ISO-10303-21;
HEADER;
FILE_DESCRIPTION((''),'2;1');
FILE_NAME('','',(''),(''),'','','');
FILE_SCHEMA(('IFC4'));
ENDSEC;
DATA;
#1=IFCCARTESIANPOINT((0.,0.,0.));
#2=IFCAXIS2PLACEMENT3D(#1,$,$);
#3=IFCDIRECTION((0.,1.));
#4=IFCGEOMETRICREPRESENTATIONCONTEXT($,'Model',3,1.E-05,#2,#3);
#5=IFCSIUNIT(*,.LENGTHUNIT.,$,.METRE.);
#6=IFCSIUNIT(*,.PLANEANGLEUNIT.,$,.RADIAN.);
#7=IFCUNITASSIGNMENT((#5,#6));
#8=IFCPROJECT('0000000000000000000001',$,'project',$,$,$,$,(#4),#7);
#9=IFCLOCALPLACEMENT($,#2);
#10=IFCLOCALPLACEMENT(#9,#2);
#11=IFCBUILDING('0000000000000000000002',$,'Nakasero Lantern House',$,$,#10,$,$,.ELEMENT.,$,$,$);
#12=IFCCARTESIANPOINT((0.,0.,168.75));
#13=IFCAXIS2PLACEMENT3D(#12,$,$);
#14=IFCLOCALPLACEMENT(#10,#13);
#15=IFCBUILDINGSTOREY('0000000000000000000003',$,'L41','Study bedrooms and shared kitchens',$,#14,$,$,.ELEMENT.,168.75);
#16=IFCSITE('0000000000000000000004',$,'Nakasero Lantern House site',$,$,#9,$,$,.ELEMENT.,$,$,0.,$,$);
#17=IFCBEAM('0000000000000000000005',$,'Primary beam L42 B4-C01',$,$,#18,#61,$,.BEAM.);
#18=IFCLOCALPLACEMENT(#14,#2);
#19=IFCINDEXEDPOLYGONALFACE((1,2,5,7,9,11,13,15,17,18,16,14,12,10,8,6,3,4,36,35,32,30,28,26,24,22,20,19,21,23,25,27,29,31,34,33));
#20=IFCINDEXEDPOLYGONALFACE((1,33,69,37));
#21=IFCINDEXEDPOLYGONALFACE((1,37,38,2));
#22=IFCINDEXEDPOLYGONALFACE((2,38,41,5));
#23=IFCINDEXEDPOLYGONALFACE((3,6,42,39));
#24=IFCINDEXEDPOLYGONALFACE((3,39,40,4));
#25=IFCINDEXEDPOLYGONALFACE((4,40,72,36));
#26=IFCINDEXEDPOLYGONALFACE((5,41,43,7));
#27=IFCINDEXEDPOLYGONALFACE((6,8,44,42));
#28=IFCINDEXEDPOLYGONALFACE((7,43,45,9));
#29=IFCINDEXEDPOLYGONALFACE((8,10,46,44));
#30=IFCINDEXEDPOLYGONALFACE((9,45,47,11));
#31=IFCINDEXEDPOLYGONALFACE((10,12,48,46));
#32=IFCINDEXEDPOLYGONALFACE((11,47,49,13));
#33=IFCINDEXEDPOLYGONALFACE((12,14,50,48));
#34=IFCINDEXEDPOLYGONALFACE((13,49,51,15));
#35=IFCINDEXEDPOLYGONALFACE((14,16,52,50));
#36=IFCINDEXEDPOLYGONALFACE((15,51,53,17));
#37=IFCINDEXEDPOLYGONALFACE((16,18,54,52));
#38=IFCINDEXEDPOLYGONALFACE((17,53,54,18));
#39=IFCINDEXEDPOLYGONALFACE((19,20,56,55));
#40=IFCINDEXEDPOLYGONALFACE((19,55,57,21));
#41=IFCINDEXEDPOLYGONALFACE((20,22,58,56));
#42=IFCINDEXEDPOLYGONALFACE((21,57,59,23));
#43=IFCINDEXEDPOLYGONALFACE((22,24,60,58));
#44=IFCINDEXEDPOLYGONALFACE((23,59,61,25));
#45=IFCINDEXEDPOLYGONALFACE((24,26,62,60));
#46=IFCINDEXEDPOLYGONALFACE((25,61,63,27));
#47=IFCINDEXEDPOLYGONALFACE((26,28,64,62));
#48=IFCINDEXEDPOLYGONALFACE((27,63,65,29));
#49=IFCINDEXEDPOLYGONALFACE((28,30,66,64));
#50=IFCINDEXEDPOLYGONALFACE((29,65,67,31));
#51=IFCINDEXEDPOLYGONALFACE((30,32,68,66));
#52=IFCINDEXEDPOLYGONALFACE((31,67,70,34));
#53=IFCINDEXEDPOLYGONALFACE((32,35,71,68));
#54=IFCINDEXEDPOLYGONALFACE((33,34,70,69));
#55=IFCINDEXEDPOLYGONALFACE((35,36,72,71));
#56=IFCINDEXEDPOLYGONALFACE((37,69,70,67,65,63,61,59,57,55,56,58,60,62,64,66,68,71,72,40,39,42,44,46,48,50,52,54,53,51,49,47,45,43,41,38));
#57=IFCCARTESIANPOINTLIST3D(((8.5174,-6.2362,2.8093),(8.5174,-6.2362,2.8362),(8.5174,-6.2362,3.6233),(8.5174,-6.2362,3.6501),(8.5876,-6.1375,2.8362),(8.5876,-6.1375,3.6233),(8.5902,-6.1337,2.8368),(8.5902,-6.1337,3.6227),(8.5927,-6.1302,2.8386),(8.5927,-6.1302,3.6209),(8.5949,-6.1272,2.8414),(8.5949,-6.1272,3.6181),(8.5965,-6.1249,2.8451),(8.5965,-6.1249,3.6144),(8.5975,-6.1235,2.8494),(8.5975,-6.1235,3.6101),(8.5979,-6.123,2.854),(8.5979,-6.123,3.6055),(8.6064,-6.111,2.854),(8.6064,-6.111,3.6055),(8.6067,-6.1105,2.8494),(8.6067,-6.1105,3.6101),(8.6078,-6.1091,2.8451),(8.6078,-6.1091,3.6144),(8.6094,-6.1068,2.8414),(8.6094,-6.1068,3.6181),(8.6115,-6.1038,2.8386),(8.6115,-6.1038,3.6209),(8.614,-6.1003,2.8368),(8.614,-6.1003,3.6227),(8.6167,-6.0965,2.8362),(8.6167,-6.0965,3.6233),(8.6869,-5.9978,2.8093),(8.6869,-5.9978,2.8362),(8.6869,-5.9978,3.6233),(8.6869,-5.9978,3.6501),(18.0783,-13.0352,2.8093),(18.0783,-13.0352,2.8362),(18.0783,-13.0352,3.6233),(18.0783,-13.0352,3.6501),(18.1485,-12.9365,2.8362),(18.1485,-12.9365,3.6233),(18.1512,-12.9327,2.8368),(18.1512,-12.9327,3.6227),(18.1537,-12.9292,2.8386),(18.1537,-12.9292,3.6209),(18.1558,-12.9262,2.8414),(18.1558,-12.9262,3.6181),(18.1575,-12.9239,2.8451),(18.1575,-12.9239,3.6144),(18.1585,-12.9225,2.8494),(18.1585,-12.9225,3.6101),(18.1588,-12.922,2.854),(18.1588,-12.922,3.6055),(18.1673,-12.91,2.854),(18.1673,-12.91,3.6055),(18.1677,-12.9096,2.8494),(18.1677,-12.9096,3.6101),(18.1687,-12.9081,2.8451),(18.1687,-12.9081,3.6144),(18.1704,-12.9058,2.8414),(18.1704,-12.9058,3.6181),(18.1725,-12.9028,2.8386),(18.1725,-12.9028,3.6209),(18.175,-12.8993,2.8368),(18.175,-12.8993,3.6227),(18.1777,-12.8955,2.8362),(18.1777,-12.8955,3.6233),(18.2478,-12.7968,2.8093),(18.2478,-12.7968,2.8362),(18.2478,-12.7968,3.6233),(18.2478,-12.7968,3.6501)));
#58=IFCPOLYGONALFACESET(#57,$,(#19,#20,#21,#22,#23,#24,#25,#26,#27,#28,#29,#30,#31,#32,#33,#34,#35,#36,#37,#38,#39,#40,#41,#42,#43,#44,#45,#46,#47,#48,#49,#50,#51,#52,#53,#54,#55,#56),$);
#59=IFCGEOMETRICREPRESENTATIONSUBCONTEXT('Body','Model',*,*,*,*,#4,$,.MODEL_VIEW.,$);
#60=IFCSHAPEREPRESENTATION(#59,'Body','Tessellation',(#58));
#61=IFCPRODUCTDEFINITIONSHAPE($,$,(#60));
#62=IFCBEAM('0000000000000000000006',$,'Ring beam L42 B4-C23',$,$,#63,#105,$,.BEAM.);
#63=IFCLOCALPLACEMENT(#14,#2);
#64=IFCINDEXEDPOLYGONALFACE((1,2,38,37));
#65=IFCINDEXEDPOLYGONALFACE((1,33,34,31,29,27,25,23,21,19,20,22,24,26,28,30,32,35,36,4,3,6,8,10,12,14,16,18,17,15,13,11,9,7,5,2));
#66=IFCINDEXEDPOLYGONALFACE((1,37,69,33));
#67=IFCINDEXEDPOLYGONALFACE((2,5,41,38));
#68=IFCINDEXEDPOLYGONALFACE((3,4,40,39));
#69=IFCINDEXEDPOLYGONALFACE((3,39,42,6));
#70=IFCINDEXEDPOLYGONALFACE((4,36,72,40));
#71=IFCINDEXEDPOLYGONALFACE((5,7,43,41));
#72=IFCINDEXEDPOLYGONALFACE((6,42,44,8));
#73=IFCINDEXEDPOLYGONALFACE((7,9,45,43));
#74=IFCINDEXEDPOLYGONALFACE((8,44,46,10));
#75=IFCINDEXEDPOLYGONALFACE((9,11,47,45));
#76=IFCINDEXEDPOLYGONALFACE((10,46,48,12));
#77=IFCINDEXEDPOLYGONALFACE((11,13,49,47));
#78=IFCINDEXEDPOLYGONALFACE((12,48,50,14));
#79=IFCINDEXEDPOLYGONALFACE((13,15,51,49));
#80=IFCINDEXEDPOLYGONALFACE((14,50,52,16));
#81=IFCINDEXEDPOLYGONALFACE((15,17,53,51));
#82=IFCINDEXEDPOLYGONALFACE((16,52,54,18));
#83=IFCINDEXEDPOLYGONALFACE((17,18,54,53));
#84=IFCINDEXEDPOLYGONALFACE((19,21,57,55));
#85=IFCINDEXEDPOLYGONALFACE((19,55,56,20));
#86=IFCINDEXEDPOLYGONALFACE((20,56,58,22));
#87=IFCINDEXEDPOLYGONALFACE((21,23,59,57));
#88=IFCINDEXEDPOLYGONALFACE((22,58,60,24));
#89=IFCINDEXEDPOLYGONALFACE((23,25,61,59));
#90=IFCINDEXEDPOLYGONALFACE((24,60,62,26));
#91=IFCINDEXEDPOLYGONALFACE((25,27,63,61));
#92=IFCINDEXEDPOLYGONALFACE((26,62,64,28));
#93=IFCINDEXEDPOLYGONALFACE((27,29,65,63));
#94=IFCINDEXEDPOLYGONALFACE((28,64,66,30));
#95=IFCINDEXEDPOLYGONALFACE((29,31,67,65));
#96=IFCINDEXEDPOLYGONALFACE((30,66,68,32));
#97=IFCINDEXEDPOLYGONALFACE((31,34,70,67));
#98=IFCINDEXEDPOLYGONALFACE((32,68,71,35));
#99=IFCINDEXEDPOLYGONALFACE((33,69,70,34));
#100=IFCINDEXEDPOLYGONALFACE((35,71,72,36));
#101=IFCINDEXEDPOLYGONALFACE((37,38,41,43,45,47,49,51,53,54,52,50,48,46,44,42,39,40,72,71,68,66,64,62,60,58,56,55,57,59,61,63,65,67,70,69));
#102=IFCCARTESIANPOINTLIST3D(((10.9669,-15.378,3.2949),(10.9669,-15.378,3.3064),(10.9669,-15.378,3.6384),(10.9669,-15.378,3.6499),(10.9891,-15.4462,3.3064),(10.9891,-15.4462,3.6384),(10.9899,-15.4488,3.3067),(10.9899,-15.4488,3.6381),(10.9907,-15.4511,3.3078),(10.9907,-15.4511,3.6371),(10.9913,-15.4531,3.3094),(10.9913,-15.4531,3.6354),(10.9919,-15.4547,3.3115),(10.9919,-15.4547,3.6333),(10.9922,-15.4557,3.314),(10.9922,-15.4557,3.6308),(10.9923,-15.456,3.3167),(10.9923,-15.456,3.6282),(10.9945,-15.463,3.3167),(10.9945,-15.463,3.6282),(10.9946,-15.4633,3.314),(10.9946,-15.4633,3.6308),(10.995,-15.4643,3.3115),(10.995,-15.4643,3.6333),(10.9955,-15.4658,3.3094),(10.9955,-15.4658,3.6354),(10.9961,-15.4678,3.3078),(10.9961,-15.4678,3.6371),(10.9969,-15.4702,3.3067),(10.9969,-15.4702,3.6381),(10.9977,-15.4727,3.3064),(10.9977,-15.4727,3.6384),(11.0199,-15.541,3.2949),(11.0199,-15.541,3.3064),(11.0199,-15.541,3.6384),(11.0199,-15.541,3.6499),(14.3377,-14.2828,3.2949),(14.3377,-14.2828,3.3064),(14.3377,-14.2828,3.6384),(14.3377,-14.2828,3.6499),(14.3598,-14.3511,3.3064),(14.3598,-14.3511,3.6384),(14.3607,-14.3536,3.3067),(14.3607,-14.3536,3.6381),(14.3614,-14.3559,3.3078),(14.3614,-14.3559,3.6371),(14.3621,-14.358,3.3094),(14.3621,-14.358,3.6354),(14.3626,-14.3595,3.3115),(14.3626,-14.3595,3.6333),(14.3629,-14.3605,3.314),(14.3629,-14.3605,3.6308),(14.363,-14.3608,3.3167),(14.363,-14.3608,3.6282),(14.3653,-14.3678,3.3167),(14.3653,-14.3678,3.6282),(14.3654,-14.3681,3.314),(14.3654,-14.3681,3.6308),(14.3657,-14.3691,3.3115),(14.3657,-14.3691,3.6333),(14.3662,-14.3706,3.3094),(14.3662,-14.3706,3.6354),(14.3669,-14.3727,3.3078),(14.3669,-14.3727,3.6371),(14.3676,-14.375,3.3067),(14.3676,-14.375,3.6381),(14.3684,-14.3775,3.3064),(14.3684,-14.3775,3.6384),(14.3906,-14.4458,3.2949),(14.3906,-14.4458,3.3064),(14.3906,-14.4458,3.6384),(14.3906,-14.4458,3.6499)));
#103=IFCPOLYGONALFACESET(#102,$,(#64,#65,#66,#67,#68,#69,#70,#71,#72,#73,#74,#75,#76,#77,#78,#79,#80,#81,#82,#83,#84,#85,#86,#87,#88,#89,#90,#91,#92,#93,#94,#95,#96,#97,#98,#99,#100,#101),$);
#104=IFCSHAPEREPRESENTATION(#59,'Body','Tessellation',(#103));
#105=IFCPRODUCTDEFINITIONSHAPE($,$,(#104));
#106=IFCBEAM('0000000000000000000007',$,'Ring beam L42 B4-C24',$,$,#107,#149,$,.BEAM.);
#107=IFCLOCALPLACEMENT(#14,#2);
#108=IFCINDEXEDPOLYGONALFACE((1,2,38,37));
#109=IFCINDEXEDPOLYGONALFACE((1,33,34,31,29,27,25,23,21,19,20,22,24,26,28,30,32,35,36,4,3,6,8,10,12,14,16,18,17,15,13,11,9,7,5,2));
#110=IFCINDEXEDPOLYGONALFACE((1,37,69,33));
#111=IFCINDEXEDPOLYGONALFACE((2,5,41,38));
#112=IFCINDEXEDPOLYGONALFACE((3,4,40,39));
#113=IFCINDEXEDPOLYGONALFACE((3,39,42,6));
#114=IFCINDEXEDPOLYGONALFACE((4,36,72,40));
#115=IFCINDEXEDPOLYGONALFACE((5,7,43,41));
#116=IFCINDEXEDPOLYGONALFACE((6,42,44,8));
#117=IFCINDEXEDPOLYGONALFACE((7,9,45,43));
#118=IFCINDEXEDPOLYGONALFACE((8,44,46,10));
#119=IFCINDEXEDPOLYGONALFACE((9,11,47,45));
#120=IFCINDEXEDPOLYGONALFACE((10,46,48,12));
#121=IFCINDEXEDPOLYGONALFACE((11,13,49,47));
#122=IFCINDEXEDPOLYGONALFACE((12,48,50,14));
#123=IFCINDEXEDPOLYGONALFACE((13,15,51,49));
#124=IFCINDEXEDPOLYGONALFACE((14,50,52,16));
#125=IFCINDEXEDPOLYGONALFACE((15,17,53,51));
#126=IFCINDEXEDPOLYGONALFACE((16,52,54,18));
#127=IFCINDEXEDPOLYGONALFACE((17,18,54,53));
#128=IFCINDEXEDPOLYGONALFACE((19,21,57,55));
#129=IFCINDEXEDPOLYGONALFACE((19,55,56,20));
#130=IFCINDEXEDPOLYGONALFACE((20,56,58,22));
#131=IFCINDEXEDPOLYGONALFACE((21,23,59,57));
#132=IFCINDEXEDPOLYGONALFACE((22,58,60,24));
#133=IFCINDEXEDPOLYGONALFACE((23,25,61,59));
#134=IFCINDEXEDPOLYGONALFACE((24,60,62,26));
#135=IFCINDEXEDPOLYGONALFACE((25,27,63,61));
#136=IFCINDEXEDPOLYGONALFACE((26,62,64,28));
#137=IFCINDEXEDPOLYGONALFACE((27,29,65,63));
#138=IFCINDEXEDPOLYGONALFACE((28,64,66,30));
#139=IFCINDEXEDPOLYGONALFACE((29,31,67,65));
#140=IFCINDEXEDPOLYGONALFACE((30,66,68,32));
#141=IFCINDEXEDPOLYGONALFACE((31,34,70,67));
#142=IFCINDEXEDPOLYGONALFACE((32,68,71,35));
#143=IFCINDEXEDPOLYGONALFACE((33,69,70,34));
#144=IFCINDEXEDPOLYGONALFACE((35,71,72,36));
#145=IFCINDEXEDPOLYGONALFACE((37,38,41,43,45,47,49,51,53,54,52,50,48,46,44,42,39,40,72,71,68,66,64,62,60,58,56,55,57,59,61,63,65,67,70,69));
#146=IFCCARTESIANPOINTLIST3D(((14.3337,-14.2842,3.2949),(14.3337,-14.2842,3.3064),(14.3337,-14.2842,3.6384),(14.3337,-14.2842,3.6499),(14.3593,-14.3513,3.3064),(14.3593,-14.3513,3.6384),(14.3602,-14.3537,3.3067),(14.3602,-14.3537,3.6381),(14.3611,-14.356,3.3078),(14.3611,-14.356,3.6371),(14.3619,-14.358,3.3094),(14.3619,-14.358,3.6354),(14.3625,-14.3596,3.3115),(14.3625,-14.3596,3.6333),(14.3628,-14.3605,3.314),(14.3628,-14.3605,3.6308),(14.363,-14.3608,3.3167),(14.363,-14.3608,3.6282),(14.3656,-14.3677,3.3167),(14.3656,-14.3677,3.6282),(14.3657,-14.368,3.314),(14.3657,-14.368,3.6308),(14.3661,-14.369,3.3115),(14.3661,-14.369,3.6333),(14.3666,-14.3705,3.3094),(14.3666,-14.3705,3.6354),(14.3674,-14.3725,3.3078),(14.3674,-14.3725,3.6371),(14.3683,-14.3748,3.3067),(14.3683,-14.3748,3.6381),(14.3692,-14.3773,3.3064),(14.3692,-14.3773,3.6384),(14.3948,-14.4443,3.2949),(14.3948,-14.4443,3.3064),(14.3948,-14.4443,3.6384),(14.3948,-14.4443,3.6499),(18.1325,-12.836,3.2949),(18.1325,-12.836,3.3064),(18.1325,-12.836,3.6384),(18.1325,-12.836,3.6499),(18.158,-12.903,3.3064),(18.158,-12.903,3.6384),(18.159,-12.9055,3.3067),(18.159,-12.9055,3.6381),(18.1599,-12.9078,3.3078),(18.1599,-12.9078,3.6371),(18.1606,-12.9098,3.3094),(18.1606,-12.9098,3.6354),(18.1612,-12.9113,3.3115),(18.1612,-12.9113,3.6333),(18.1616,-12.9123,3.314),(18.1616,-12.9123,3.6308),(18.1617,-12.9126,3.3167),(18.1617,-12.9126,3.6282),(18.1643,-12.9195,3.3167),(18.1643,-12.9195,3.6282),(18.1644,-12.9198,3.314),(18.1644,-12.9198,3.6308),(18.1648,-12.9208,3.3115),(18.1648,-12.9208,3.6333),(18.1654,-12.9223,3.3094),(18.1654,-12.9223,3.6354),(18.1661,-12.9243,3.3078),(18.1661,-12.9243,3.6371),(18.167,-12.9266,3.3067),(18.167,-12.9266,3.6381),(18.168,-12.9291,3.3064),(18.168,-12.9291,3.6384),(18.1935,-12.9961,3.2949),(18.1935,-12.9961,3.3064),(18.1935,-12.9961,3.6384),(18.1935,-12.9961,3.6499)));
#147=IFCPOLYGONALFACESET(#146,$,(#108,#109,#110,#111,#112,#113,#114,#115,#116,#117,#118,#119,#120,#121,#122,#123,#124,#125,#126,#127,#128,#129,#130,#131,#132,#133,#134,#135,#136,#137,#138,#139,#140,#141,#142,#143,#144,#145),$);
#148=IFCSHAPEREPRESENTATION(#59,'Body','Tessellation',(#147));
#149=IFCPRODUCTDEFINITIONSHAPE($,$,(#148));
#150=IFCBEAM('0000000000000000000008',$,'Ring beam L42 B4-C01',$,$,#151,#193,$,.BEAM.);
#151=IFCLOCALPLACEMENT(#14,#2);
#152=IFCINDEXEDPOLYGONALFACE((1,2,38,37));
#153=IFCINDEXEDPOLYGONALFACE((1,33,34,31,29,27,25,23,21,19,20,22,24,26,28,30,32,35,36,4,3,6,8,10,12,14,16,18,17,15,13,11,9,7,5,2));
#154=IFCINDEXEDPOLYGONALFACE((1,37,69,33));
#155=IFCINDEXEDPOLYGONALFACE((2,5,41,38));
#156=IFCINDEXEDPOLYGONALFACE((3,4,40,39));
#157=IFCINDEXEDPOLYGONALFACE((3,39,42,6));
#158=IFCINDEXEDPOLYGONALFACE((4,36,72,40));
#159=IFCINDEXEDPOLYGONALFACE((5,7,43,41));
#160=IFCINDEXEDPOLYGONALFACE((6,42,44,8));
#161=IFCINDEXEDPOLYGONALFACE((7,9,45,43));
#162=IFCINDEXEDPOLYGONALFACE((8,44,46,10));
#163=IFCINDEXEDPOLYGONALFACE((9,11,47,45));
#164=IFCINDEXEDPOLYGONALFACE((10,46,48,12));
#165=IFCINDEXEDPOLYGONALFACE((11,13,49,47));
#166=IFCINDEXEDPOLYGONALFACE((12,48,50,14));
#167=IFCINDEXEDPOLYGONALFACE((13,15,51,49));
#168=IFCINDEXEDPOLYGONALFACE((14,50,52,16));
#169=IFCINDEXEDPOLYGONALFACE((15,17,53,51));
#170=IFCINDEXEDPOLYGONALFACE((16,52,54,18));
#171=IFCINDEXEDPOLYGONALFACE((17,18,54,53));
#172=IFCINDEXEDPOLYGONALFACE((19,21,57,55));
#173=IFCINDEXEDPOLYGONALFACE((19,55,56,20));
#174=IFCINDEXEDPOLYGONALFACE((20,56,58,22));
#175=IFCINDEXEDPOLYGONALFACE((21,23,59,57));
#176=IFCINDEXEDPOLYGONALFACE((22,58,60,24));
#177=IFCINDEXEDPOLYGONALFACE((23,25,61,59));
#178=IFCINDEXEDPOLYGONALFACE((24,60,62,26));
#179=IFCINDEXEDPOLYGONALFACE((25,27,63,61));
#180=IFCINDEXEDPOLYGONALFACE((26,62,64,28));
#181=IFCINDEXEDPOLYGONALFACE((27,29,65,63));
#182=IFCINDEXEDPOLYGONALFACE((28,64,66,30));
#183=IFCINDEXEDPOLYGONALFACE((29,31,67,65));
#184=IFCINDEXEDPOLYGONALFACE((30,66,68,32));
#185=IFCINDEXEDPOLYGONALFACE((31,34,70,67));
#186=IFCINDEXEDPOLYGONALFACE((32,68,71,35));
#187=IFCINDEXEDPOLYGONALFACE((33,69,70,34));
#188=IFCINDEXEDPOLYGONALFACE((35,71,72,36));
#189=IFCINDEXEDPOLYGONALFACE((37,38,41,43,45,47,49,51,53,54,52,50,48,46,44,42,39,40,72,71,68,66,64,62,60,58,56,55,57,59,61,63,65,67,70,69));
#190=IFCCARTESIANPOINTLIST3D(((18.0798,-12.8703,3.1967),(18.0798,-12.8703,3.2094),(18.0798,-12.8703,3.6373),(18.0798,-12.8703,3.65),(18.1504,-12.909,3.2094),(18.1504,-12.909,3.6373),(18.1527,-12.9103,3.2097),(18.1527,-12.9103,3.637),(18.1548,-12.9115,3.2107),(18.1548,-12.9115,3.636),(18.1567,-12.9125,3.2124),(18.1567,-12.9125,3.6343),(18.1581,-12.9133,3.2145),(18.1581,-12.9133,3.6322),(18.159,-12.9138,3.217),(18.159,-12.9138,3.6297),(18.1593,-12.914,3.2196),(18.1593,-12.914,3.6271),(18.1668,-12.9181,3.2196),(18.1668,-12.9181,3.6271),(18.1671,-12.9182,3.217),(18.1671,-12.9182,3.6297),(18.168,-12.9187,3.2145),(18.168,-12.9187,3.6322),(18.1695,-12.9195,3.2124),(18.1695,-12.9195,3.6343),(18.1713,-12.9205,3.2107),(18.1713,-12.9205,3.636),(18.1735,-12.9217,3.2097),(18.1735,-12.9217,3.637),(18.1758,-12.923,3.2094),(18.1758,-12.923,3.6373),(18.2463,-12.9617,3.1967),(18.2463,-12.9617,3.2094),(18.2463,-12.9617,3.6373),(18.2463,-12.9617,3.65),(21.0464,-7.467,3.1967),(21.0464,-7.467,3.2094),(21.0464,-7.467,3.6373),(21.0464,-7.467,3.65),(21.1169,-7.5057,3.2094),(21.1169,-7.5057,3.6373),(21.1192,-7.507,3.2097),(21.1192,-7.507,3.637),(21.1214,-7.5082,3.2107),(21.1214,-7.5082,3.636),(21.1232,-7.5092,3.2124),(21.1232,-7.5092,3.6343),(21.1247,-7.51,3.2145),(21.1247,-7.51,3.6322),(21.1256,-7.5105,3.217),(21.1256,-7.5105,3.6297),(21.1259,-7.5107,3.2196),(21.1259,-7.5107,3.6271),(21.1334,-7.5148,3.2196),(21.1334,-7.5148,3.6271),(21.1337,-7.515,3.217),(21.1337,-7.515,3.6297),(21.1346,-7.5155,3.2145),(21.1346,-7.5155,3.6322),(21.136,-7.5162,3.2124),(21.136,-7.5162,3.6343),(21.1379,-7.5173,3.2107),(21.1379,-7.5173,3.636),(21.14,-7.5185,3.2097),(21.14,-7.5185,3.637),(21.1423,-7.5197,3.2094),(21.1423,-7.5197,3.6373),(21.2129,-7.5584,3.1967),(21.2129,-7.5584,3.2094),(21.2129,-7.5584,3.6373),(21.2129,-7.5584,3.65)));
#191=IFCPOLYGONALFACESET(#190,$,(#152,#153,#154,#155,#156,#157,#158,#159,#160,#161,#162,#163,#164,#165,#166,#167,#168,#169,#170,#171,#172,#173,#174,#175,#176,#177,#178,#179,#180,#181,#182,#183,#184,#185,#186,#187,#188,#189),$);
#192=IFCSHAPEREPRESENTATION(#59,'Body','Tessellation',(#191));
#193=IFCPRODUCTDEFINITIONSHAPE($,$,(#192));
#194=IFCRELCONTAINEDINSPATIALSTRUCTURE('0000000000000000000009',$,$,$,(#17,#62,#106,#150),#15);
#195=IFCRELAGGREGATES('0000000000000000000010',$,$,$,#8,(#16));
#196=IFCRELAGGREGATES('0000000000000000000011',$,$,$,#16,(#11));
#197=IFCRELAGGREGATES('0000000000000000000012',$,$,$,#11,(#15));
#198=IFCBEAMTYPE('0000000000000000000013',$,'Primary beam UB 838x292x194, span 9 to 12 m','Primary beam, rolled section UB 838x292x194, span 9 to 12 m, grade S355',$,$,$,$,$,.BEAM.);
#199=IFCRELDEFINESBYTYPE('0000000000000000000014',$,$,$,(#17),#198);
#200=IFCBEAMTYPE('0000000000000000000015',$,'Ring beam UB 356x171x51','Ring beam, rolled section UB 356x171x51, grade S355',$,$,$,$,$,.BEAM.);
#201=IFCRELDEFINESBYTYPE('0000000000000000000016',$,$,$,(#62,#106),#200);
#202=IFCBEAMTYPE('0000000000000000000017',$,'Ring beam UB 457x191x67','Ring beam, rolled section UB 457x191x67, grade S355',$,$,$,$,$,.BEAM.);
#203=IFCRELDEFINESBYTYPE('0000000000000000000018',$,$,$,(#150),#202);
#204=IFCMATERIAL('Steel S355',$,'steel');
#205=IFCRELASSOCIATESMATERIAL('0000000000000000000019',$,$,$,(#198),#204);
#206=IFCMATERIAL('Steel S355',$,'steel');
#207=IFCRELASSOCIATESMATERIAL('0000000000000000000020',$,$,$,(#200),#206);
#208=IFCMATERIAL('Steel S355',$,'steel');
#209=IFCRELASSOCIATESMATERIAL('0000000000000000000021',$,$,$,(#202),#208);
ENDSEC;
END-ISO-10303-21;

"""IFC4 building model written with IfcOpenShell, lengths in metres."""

from ifc_helpers import new_model, si_unit, direction, frame, origin, origin_2d, place, context, subcontext, project, spatial, i_section, extrude, material, material_profile, profile_set, type_object, element, save


model = new_model("IFC4")

# Units and contexts
model_context = context("Model", 3, precision=1e-05, world=origin(), true_north=direction((0.0, 1.0)))
body_context = subcontext(model_context, "Body", "Model", "MODEL_VIEW")
ifc_project = project(units=[si_unit("LENGTHUNIT", "METRE"), si_unit("PLANEANGLEUNIT", "RADIAN")], contexts=[model_context])

# Site, building, storey
site_placement = place(None, origin())
site = spatial("IfcSite", under=ifc_project, at=site_placement, Name="Nakasero Lantern House site", CompositionType="ELEMENT", RefElevation=0.0)
building_placement = place(site_placement, origin())
building = spatial("IfcBuilding", under=site, at=building_placement, Name="Nakasero Lantern House", CompositionType="ELEMENT")
storey_placement = place(building_placement, frame((0.0, 0.0, 168.75)))
storey = spatial("IfcBuildingStorey", under=building, at=storey_placement, Name="L41", Description="Study bedrooms and shared kitchens", CompositionType="ELEMENT", Elevation=168.75)

# Beams
ifc_material_1 = material(Name="Steel S355", Category="steel")
ifc_material_profile_1 = material_profile(ifc_material_1, i_section(OverallWidth=0.2925, OverallDepth=0.8408, WebThickness=0.0146, FlangeThickness=0.0269, FilletRadius=0.0178, at=origin_2d()), Name="UB 838x292x194")
ifc_profile_set_1 = profile_set([ifc_material_profile_1], Name="Steel S355")
beam_type_1 = type_object("IfcBeamType", Name="Primary beam UB 838x292x194, span 9 to 12 m", Description="Primary beam, rolled section UB 838x292x194, span 9 to 12 m, grade S355", PredefinedType="BEAM", material=ifc_profile_set_1)
beam_1_placement = place(storey_placement, frame((18.1631, -12.916, 3.2297), z_axis=(-0.814951, 0.57953, 0.0), x_axis=(-0.57953, -0.814951, 0.0)))
element("IfcBeam", 1, at=beam_1_placement, inside=storey, type_object=beam_type_1, Name="Primary beam L42 B4-C01", PredefinedType="BEAM", context=body_context, shape_type="SweptSolid", body=[
    extrude(i_section(OverallWidth=0.2925, OverallDepth=0.8408, WebThickness=0.0146, FlangeThickness=0.0269, FilletRadius=0.0178, at=origin_2d()), origin(), (0.0, 0.0, 1.0), 11.7319),
])
ifc_material_2 = material(Name="Steel S355", Category="steel")
ifc_material_profile_2 = material_profile(ifc_material_2, i_section(OverallWidth=0.1714, OverallDepth=0.355, WebThickness=0.0073, FlangeThickness=0.0115, FilletRadius=0.0103, at=origin_2d()), Name="UB 356x171x51")
ifc_profile_set_2 = profile_set([ifc_material_profile_2], Name="Steel S355")
beam_type_2 = type_object("IfcBeamType", Name="Ring beam UB 356x171x51", Description="Ring beam, rolled section UB 356x171x51, grade S355", PredefinedType="BEAM", material=ifc_profile_set_2)
beam_2_placement = place(storey_placement, frame((10.9934, -15.4595, 3.4724), z_axis=(0.95106, 0.309007, 0.0), x_axis=(-0.309007, 0.95106, 0.0)))
element("IfcBeam", 2, at=beam_2_placement, inside=storey, type_object=beam_type_2, Name="Ring beam L42 B4-C23", PredefinedType="BEAM", context=body_context, shape_type="SweptSolid", body=[
    extrude(i_section(OverallWidth=0.1714, OverallDepth=0.355, WebThickness=0.0073, FlangeThickness=0.0115, FilletRadius=0.0103, at=origin_2d()), origin(), (0.0, 0.0, 1.0), 3.5442),
])
beam_3_placement = place(storey_placement, frame((14.3643, -14.3643, 3.4724), z_axis=(0.9344, 0.356225, 0.0), x_axis=(-0.356225, 0.9344, 0.0)))
element("IfcBeam", 3, at=beam_3_placement, inside=storey, type_object=beam_type_2, Name="Ring beam L42 B4-C24", PredefinedType="BEAM", context=body_context, shape_type="SweptSolid", body=[
    extrude(i_section(OverallWidth=0.1714, OverallDepth=0.355, WebThickness=0.0073, FlangeThickness=0.0115, FilletRadius=0.0103, at=origin_2d()), origin(), (0.0, 0.0, 1.0), 4.0654),
])
ifc_material_3 = material(Name="Steel S355", Category="steel")
ifc_material_profile_3 = material_profile(ifc_material_3, i_section(OverallWidth=0.1899, OverallDepth=0.4534, WebThickness=0.0085, FlangeThickness=0.0127, FilletRadius=0.0103, at=origin_2d()), Name="UB 457x191x67")
ifc_profile_set_3 = profile_set([ifc_material_profile_3], Name="Steel S355")
beam_type_3 = type_object("IfcBeamType", Name="Ring beam UB 457x191x67", Description="Ring beam, rolled section UB 457x191x67, grade S355", PredefinedType="BEAM", material=ifc_profile_set_3)
beam_4_placement = place(storey_placement, frame((18.1631, -12.916, 3.4233), z_axis=(0.481262, 0.876577, 0.0), x_axis=(-0.876577, 0.481262, 0.0)))
element("IfcBeam", 4, at=beam_4_placement, inside=storey, type_object=beam_type_3, Name="Ring beam L42 B4-C01", PredefinedType="BEAM", context=body_context, shape_type="SweptSolid", body=[
    extrude(i_section(OverallWidth=0.1899, OverallDepth=0.4534, WebThickness=0.0085, FlangeThickness=0.0127, FilletRadius=0.0103, at=origin_2d()), origin(), (0.0, 0.0, 1.0), 6.1641),
])

save(model, "model.ifc")
